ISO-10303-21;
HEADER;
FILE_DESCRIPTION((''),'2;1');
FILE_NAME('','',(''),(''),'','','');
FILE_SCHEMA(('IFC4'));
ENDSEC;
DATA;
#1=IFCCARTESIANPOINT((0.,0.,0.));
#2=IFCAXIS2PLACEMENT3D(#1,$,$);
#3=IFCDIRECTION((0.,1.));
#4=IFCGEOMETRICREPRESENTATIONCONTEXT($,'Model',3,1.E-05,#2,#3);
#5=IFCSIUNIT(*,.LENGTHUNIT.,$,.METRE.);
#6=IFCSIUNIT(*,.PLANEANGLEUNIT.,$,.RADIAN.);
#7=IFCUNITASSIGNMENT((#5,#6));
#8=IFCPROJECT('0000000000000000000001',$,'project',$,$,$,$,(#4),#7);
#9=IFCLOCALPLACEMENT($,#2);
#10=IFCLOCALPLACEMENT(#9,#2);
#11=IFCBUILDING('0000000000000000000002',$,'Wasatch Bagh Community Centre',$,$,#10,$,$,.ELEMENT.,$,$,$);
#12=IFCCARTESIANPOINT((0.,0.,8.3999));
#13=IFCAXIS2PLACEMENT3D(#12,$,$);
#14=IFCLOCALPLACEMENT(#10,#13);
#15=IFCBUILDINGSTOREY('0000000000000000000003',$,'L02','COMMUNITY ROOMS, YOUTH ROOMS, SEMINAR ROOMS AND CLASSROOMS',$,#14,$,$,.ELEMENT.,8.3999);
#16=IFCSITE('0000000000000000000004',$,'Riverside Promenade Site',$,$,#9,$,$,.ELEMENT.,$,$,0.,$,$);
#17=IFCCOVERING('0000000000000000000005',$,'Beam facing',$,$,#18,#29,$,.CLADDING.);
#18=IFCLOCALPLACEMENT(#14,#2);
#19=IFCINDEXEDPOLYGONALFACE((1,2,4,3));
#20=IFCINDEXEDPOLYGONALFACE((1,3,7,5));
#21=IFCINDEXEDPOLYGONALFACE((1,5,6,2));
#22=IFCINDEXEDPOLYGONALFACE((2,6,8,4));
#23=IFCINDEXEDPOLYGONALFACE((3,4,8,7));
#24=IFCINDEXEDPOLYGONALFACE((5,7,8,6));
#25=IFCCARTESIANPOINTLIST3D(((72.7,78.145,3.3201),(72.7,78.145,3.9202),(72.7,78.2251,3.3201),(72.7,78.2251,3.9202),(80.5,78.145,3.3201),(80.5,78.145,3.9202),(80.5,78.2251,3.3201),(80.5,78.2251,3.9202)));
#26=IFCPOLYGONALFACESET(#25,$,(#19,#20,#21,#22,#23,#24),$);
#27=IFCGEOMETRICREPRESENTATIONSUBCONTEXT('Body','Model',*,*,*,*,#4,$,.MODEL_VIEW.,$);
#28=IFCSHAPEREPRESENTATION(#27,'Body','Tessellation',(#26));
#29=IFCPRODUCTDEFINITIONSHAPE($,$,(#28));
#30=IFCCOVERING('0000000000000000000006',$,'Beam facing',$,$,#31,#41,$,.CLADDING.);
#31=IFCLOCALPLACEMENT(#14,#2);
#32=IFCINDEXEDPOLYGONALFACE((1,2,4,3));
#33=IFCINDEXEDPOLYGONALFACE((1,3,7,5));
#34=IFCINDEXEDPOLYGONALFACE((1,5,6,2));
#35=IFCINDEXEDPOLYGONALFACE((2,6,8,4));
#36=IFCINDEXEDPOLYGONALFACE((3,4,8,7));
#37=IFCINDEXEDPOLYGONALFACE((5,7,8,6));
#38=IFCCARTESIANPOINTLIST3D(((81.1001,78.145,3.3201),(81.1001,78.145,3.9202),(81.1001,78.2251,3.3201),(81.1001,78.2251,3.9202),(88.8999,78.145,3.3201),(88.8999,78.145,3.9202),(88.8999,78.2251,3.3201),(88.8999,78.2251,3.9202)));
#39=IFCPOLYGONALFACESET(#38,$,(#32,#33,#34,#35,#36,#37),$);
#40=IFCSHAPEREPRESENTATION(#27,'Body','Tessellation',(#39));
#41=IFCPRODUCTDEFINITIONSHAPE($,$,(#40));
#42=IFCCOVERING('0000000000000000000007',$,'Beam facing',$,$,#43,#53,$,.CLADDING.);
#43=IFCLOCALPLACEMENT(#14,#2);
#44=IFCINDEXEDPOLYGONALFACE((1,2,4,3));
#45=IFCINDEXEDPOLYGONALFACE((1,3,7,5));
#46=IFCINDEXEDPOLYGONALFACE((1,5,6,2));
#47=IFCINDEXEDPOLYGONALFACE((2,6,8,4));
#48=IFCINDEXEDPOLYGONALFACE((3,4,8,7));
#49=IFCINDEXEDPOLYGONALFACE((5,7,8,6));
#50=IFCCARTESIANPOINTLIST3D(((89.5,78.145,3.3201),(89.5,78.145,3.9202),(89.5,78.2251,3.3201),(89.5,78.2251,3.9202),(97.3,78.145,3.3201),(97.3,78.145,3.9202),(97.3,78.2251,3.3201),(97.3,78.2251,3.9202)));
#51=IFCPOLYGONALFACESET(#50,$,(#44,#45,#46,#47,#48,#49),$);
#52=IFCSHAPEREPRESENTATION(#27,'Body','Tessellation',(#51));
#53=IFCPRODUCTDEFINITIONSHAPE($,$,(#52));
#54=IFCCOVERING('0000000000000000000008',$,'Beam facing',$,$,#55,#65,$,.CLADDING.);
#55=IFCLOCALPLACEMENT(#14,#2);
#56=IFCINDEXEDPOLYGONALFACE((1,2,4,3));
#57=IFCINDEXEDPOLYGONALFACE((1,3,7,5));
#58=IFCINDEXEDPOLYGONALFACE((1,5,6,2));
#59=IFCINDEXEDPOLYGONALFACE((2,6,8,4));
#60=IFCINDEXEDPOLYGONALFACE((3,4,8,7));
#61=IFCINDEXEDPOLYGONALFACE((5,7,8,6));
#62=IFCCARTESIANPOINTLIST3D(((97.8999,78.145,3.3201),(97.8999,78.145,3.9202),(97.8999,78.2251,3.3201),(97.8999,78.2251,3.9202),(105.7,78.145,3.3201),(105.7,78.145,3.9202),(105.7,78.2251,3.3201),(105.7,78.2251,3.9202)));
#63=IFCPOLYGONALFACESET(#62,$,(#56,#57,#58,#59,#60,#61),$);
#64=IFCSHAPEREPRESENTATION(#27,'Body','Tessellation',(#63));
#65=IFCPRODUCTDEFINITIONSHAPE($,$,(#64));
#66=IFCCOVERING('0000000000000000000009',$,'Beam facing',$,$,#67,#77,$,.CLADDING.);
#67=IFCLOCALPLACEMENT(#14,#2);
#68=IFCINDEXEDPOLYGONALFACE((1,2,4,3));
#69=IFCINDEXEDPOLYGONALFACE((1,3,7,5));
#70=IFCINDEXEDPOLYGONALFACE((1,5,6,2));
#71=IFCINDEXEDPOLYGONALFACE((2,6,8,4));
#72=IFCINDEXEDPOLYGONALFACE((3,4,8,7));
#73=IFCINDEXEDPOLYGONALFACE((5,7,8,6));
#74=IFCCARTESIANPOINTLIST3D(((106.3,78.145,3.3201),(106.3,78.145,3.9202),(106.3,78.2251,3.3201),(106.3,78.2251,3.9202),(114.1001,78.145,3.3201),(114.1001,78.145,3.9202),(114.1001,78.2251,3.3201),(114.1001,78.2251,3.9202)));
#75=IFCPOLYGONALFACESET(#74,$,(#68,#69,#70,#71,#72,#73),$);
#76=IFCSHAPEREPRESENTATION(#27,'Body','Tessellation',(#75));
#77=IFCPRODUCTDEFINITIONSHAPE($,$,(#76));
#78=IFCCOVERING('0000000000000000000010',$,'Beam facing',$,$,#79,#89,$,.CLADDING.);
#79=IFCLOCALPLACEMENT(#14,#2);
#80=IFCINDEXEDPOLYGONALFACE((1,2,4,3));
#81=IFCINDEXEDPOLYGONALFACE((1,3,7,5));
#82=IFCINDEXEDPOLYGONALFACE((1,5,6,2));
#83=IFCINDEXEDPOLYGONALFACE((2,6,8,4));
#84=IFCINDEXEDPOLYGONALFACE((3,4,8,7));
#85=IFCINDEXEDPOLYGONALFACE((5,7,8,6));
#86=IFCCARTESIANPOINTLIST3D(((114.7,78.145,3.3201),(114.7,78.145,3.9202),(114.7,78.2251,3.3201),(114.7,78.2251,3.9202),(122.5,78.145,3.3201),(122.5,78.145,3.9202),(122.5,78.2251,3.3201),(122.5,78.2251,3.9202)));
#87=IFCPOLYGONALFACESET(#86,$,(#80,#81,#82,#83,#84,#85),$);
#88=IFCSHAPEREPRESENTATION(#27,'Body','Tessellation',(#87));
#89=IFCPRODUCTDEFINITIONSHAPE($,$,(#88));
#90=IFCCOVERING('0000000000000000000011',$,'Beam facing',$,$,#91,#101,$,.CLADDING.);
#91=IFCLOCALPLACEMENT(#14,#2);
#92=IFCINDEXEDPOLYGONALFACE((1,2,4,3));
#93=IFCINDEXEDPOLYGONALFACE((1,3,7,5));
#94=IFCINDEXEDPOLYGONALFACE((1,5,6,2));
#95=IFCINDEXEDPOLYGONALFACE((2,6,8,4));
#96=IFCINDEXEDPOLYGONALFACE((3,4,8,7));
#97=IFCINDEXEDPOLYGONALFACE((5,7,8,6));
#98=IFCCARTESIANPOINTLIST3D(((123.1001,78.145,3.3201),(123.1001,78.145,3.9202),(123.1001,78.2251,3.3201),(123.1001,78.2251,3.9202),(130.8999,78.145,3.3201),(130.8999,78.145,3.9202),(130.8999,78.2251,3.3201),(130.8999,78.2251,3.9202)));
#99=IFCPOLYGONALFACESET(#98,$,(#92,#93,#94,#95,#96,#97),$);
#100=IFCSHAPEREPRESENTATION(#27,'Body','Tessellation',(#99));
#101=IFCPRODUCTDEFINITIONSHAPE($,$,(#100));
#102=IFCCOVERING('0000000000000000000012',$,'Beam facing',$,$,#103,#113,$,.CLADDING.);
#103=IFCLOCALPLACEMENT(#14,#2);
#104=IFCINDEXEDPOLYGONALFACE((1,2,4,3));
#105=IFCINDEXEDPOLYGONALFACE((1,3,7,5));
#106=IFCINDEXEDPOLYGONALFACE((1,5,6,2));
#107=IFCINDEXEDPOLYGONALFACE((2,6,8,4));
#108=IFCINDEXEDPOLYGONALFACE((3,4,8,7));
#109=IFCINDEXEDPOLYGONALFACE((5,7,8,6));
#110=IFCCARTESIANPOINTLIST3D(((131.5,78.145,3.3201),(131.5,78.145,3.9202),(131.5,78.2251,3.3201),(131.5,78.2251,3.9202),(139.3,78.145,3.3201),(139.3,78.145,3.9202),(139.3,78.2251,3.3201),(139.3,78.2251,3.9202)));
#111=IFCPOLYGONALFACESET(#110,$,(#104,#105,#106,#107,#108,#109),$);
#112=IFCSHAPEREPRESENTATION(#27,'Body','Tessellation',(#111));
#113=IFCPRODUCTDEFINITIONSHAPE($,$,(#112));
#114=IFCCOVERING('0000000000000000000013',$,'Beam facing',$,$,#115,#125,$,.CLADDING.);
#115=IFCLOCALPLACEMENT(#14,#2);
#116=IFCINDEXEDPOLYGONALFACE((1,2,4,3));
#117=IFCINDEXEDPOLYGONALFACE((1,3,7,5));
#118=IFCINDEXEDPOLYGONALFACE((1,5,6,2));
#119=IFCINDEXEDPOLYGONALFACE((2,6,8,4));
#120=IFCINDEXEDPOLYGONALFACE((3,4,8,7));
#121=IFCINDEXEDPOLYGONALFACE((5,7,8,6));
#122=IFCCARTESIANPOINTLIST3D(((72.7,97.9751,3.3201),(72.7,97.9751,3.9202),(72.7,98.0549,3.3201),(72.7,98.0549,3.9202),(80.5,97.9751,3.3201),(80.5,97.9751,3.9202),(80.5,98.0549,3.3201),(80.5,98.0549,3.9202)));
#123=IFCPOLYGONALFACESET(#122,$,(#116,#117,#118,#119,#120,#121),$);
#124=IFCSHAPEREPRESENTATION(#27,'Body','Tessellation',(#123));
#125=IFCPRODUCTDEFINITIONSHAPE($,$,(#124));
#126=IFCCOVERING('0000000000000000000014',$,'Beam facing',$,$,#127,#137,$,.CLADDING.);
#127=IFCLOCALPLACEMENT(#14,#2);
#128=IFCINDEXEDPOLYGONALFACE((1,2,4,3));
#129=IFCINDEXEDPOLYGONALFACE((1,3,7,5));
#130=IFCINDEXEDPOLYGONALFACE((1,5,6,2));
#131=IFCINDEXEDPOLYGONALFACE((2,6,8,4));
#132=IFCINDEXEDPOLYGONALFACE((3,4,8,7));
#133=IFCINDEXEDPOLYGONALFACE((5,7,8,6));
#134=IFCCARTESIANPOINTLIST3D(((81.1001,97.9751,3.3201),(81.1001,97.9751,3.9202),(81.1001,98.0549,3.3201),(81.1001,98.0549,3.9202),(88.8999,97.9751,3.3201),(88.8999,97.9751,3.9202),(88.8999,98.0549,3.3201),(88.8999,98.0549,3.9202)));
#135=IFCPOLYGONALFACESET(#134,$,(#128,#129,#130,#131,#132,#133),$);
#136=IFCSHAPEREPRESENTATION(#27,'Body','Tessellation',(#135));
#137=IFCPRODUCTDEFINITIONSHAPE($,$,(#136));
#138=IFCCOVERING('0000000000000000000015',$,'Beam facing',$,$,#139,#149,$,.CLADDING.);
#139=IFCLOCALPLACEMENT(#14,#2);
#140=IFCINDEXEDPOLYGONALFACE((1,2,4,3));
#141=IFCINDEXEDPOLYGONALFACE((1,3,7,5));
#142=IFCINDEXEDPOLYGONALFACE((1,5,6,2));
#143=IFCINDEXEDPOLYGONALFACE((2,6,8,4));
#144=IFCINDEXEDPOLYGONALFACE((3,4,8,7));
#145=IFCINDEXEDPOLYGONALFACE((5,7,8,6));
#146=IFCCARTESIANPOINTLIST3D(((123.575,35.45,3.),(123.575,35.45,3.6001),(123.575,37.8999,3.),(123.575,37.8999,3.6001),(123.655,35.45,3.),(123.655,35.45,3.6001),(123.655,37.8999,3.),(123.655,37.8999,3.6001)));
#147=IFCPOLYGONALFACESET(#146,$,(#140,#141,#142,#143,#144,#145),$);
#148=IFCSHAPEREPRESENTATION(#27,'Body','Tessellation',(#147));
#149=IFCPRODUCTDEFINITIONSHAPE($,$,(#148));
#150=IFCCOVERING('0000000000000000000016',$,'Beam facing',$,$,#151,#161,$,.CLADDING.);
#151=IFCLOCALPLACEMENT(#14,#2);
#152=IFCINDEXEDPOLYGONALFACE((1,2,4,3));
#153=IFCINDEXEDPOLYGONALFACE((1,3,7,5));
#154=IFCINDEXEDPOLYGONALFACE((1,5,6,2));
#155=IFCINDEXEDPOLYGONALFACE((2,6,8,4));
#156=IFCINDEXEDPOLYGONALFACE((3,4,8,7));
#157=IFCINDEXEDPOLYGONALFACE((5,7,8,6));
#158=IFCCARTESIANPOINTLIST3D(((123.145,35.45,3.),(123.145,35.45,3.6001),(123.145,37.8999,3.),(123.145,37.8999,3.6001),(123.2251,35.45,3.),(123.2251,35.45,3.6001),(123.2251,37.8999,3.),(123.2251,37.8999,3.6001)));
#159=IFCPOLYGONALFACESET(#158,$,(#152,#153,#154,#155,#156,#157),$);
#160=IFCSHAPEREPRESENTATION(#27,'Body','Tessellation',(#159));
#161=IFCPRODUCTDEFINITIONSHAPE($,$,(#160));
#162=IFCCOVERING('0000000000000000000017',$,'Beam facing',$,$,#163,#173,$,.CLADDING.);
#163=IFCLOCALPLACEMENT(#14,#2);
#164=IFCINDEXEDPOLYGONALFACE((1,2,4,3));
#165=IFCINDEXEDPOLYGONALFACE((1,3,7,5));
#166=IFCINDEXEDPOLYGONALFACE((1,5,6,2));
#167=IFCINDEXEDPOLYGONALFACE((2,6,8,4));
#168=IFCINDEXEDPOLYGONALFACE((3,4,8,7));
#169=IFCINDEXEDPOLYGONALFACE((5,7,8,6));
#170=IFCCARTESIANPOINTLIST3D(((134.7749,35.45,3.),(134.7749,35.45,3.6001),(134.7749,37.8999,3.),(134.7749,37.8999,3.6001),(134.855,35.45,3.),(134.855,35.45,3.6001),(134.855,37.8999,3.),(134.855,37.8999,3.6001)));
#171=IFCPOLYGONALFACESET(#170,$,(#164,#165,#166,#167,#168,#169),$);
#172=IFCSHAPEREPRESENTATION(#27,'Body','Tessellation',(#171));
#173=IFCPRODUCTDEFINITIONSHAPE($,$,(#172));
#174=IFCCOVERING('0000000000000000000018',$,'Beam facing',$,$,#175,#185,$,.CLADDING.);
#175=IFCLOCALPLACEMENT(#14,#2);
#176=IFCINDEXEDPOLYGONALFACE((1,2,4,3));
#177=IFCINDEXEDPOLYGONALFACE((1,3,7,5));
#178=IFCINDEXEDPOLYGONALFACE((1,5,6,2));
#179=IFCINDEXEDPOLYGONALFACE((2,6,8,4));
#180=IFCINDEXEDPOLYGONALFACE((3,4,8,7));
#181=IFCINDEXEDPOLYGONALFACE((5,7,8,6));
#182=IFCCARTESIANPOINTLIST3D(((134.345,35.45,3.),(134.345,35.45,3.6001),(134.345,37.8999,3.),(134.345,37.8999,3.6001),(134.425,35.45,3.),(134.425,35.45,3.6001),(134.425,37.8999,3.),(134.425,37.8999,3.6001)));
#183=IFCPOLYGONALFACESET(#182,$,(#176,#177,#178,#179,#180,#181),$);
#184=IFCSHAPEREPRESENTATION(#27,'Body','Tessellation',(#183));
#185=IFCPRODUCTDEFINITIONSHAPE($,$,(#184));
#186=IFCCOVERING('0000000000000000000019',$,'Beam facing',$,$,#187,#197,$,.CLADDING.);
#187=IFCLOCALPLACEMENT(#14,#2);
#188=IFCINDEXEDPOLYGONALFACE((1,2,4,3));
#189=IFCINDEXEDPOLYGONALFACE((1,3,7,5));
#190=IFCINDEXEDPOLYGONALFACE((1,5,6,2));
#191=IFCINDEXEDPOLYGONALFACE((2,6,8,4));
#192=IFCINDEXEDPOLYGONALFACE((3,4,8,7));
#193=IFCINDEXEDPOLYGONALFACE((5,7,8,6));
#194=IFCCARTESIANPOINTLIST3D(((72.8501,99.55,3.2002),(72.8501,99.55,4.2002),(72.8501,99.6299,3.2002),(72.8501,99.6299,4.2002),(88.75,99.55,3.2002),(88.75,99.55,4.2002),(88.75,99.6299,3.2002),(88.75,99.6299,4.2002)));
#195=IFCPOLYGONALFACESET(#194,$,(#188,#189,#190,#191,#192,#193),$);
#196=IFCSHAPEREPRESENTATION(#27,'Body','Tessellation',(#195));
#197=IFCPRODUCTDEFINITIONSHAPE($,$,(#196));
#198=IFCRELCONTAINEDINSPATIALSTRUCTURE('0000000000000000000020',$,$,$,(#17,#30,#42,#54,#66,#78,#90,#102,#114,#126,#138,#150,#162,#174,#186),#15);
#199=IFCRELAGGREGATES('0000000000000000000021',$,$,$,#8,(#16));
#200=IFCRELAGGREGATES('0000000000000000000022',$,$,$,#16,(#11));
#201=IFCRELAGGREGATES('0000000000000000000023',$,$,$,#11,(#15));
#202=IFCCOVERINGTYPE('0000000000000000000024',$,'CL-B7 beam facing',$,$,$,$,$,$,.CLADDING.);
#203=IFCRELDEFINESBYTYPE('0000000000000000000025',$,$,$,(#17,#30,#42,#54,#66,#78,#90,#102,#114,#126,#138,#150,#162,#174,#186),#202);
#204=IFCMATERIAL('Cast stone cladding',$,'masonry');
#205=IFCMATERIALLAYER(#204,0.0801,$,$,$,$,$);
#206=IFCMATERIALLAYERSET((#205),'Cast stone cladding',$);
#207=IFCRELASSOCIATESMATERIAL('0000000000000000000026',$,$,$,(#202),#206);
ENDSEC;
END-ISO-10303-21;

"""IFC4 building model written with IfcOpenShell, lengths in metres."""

from ifc_helpers import new_model, si_unit, direction, frame, origin, place, context, subcontext, project, spatial, polyline, outline, extrude, material, layer, layer_set, type_object, element, save


model = new_model("IFC4")

# Units and contexts
model_context = context("Model", 3, precision=1e-05, world=origin(), true_north=direction((0.0, 1.0)))
body_context = subcontext(model_context, "Body", "Model", "MODEL_VIEW")
ifc_project = project(units=[si_unit("LENGTHUNIT", "METRE"), si_unit("PLANEANGLEUNIT", "RADIAN")], contexts=[model_context])

# Site, building, storey
site_placement = place(None, origin())
site = spatial("IfcSite", under=ifc_project, at=site_placement, Name="Riverside Promenade Site", CompositionType="ELEMENT", RefElevation=0.0)
building_placement = place(site_placement, origin())
building = spatial("IfcBuilding", under=site, at=building_placement, Name="Wasatch Bagh Community Centre", CompositionType="ELEMENT")
storey_placement = place(building_placement, frame((0.0, 0.0, 8.3999)))
storey = spatial("IfcBuildingStorey", under=building, at=storey_placement, Name="L02", Description="COMMUNITY ROOMS, YOUTH ROOMS, SEMINAR ROOMS AND CLASSROOMS", CompositionType="ELEMENT", Elevation=8.3999)

# Coverings
ifc_material = material(Name="Cast stone cladding", Category="masonry")
ifc_layer_1 = layer(ifc_material, 0.0801)
ifc_layer_set_1 = layer_set([ifc_layer_1], Name="Cast stone cladding")
covering_type_1 = type_object("IfcCoveringType", Name="CL-B7 beam facing", PredefinedType="CLADDING", material=ifc_layer_set_1)
covering_1_placement = place(storey_placement, frame((0.0, 0.0, 3.3201)))
element("IfcCovering", 1, at=covering_1_placement, inside=storey, type_object=covering_type_1, Name="Beam facing", PredefinedType="CLADDING", context=body_context, shape_type="SweptSolid", body=[
    extrude(outline(polyline([(72.7, 78.2251), (80.5, 78.2251), (80.5, 78.145), (72.7, 78.145), (72.7, 78.2251)])), origin(), (0.0, 0.0, 1.0), 0.6001),
])
covering_2_placement = place(storey_placement, frame((0.0, 0.0, 3.3201)))
element("IfcCovering", 2, at=covering_2_placement, inside=storey, type_object=covering_type_1, Name="Beam facing", PredefinedType="CLADDING", context=body_context, shape_type="SweptSolid", body=[
    extrude(outline(polyline([(81.1001, 78.2251), (88.8999, 78.2251), (88.8999, 78.145), (81.1001, 78.145), (81.1001, 78.2251)])), origin(), (0.0, 0.0, 1.0), 0.6001),
])
covering_3_placement = place(storey_placement, frame((0.0, 0.0, 3.3201)))
element("IfcCovering", 3, at=covering_3_placement, inside=storey, type_object=covering_type_1, Name="Beam facing", PredefinedType="CLADDING", context=body_context, shape_type="SweptSolid", body=[
    extrude(outline(polyline([(89.5, 78.2251), (97.3, 78.2251), (97.3, 78.145), (89.5, 78.145), (89.5, 78.2251)])), origin(), (0.0, 0.0, 1.0), 0.6001),
])
covering_4_placement = place(storey_placement, frame((0.0, 0.0, 3.3201)))
element("IfcCovering", 4, at=covering_4_placement, inside=storey, type_object=covering_type_1, Name="Beam facing", PredefinedType="CLADDING", context=body_context, shape_type="SweptSolid", body=[
    extrude(outline(polyline([(97.8999, 78.2251), (105.7, 78.2251), (105.7, 78.145), (97.8999, 78.145), (97.8999, 78.2251)])), origin(), (0.0, 0.0, 1.0), 0.6001),
])
covering_5_placement = place(storey_placement, frame((0.0, 0.0, 3.3201)))
element("IfcCovering", 5, at=covering_5_placement, inside=storey, type_object=covering_type_1, Name="Beam facing", PredefinedType="CLADDING", context=body_context, shape_type="SweptSolid", body=[
    extrude(outline(polyline([(106.3, 78.2251), (114.1001, 78.2251), (114.1001, 78.145), (106.3, 78.145), (106.3, 78.2251)])), origin(), (0.0, 0.0, 1.0), 0.6001),
])
covering_6_placement = place(storey_placement, frame((0.0, 0.0, 3.3201)))
element("IfcCovering", 6, at=covering_6_placement, inside=storey, type_object=covering_type_1, Name="Beam facing", PredefinedType="CLADDING", context=body_context, shape_type="SweptSolid", body=[
    extrude(outline(polyline([(114.7, 78.2251), (122.5, 78.2251), (122.5, 78.145), (114.7, 78.145), (114.7, 78.2251)])), origin(), (0.0, 0.0, 1.0), 0.6001),
])
covering_7_placement = place(storey_placement, frame((0.0, 0.0, 3.3201)))
element("IfcCovering", 7, at=covering_7_placement, inside=storey, type_object=covering_type_1, Name="Beam facing", PredefinedType="CLADDING", context=body_context, shape_type="SweptSolid", body=[
    extrude(outline(polyline([(123.1001, 78.2251), (130.8999, 78.2251), (130.8999, 78.145), (123.1001, 78.145), (123.1001, 78.2251)])), origin(), (0.0, 0.0, 1.0), 0.6001),
])
covering_8_placement = place(storey_placement, frame((0.0, 0.0, 3.3201)))
element("IfcCovering", 8, at=covering_8_placement, inside=storey, type_object=covering_type_1, Name="Beam facing", PredefinedType="CLADDING", context=body_context, shape_type="SweptSolid", body=[
    extrude(outline(polyline([(131.5, 78.2251), (139.3, 78.2251), (139.3, 78.145), (131.5, 78.145), (131.5, 78.2251)])), origin(), (0.0, 0.0, 1.0), 0.6001),
])
covering_9_placement = place(storey_placement, frame((0.0, 0.0, 3.3201)))
element("IfcCovering", 9, at=covering_9_placement, inside=storey, type_object=covering_type_1, Name="Beam facing", PredefinedType="CLADDING", context=body_context, shape_type="SweptSolid", body=[
    extrude(outline(polyline([(72.7, 97.9751), (80.5, 97.9751), (80.5, 98.0549), (72.7, 98.0549), (72.7, 97.9751)])), origin(), (0.0, 0.0, 1.0), 0.6001),
])
covering_10_placement = place(storey_placement, frame((0.0, 0.0, 3.3201)))
element("IfcCovering", 10, at=covering_10_placement, inside=storey, type_object=covering_type_1, Name="Beam facing", PredefinedType="CLADDING", context=body_context, shape_type="SweptSolid", body=[
    extrude(outline(polyline([(81.1001, 97.9751), (88.8999, 97.9751), (88.8999, 98.0549), (81.1001, 98.0549), (81.1001, 97.9751)])), origin(), (0.0, 0.0, 1.0), 0.6001),
])
covering_11_placement = place(storey_placement, frame((0.0, 0.0, 3.0)))
element("IfcCovering", 11, at=covering_11_placement, inside=storey, type_object=covering_type_1, Name="Beam facing", PredefinedType="CLADDING", context=body_context, shape_type="SweptSolid", body=[
    extrude(outline(polyline([(123.575, 37.8999), (123.575, 35.45), (123.655, 35.45), (123.655, 37.8999), (123.575, 37.8999)])), origin(), (0.0, 0.0, 1.0), 0.6001),
])
covering_12_placement = place(storey_placement, frame((0.0, 0.0, 3.0)))
element("IfcCovering", 12, at=covering_12_placement, inside=storey, type_object=covering_type_1, Name="Beam facing", PredefinedType="CLADDING", context=body_context, shape_type="SweptSolid", body=[
    extrude(outline(polyline([(123.2251, 37.8999), (123.2251, 35.45), (123.145, 35.45), (123.145, 37.8999), (123.2251, 37.8999)])), origin(), (0.0, 0.0, 1.0), 0.6001),
])
covering_13_placement = place(storey_placement, frame((0.0, 0.0, 3.0)))
element("IfcCovering", 13, at=covering_13_placement, inside=storey, type_object=covering_type_1, Name="Beam facing", PredefinedType="CLADDING", context=body_context, shape_type="SweptSolid", body=[
    extrude(outline(polyline([(134.7749, 37.8999), (134.7749, 35.45), (134.855, 35.45), (134.855, 37.8999), (134.7749, 37.8999)])), origin(), (0.0, 0.0, 1.0), 0.6001),
])
covering_14_placement = place(storey_placement, frame((0.0, 0.0, 3.0)))
element("IfcCovering", 14, at=covering_14_placement, inside=storey, type_object=covering_type_1, Name="Beam facing", PredefinedType="CLADDING", context=body_context, shape_type="SweptSolid", body=[
    extrude(outline(polyline([(134.425, 37.8999), (134.425, 35.45), (134.345, 35.45), (134.345, 37.8999), (134.425, 37.8999)])), origin(), (0.0, 0.0, 1.0), 0.6001),
])
covering_15_placement = place(storey_placement, frame((0.0, 0.0, 3.2002)))
element("IfcCovering", 15, at=covering_15_placement, inside=storey, type_object=covering_type_1, Name="Beam facing", PredefinedType="CLADDING", context=body_context, shape_type="SweptSolid", body=[
    extrude(outline(polyline([(72.8501, 99.55), (88.75, 99.55), (88.75, 99.6299), (72.8501, 99.6299), (72.8501, 99.55)])), origin(), (0.0, 0.0, 1.0), 1.0),
])

save(model, "model.ifc")
